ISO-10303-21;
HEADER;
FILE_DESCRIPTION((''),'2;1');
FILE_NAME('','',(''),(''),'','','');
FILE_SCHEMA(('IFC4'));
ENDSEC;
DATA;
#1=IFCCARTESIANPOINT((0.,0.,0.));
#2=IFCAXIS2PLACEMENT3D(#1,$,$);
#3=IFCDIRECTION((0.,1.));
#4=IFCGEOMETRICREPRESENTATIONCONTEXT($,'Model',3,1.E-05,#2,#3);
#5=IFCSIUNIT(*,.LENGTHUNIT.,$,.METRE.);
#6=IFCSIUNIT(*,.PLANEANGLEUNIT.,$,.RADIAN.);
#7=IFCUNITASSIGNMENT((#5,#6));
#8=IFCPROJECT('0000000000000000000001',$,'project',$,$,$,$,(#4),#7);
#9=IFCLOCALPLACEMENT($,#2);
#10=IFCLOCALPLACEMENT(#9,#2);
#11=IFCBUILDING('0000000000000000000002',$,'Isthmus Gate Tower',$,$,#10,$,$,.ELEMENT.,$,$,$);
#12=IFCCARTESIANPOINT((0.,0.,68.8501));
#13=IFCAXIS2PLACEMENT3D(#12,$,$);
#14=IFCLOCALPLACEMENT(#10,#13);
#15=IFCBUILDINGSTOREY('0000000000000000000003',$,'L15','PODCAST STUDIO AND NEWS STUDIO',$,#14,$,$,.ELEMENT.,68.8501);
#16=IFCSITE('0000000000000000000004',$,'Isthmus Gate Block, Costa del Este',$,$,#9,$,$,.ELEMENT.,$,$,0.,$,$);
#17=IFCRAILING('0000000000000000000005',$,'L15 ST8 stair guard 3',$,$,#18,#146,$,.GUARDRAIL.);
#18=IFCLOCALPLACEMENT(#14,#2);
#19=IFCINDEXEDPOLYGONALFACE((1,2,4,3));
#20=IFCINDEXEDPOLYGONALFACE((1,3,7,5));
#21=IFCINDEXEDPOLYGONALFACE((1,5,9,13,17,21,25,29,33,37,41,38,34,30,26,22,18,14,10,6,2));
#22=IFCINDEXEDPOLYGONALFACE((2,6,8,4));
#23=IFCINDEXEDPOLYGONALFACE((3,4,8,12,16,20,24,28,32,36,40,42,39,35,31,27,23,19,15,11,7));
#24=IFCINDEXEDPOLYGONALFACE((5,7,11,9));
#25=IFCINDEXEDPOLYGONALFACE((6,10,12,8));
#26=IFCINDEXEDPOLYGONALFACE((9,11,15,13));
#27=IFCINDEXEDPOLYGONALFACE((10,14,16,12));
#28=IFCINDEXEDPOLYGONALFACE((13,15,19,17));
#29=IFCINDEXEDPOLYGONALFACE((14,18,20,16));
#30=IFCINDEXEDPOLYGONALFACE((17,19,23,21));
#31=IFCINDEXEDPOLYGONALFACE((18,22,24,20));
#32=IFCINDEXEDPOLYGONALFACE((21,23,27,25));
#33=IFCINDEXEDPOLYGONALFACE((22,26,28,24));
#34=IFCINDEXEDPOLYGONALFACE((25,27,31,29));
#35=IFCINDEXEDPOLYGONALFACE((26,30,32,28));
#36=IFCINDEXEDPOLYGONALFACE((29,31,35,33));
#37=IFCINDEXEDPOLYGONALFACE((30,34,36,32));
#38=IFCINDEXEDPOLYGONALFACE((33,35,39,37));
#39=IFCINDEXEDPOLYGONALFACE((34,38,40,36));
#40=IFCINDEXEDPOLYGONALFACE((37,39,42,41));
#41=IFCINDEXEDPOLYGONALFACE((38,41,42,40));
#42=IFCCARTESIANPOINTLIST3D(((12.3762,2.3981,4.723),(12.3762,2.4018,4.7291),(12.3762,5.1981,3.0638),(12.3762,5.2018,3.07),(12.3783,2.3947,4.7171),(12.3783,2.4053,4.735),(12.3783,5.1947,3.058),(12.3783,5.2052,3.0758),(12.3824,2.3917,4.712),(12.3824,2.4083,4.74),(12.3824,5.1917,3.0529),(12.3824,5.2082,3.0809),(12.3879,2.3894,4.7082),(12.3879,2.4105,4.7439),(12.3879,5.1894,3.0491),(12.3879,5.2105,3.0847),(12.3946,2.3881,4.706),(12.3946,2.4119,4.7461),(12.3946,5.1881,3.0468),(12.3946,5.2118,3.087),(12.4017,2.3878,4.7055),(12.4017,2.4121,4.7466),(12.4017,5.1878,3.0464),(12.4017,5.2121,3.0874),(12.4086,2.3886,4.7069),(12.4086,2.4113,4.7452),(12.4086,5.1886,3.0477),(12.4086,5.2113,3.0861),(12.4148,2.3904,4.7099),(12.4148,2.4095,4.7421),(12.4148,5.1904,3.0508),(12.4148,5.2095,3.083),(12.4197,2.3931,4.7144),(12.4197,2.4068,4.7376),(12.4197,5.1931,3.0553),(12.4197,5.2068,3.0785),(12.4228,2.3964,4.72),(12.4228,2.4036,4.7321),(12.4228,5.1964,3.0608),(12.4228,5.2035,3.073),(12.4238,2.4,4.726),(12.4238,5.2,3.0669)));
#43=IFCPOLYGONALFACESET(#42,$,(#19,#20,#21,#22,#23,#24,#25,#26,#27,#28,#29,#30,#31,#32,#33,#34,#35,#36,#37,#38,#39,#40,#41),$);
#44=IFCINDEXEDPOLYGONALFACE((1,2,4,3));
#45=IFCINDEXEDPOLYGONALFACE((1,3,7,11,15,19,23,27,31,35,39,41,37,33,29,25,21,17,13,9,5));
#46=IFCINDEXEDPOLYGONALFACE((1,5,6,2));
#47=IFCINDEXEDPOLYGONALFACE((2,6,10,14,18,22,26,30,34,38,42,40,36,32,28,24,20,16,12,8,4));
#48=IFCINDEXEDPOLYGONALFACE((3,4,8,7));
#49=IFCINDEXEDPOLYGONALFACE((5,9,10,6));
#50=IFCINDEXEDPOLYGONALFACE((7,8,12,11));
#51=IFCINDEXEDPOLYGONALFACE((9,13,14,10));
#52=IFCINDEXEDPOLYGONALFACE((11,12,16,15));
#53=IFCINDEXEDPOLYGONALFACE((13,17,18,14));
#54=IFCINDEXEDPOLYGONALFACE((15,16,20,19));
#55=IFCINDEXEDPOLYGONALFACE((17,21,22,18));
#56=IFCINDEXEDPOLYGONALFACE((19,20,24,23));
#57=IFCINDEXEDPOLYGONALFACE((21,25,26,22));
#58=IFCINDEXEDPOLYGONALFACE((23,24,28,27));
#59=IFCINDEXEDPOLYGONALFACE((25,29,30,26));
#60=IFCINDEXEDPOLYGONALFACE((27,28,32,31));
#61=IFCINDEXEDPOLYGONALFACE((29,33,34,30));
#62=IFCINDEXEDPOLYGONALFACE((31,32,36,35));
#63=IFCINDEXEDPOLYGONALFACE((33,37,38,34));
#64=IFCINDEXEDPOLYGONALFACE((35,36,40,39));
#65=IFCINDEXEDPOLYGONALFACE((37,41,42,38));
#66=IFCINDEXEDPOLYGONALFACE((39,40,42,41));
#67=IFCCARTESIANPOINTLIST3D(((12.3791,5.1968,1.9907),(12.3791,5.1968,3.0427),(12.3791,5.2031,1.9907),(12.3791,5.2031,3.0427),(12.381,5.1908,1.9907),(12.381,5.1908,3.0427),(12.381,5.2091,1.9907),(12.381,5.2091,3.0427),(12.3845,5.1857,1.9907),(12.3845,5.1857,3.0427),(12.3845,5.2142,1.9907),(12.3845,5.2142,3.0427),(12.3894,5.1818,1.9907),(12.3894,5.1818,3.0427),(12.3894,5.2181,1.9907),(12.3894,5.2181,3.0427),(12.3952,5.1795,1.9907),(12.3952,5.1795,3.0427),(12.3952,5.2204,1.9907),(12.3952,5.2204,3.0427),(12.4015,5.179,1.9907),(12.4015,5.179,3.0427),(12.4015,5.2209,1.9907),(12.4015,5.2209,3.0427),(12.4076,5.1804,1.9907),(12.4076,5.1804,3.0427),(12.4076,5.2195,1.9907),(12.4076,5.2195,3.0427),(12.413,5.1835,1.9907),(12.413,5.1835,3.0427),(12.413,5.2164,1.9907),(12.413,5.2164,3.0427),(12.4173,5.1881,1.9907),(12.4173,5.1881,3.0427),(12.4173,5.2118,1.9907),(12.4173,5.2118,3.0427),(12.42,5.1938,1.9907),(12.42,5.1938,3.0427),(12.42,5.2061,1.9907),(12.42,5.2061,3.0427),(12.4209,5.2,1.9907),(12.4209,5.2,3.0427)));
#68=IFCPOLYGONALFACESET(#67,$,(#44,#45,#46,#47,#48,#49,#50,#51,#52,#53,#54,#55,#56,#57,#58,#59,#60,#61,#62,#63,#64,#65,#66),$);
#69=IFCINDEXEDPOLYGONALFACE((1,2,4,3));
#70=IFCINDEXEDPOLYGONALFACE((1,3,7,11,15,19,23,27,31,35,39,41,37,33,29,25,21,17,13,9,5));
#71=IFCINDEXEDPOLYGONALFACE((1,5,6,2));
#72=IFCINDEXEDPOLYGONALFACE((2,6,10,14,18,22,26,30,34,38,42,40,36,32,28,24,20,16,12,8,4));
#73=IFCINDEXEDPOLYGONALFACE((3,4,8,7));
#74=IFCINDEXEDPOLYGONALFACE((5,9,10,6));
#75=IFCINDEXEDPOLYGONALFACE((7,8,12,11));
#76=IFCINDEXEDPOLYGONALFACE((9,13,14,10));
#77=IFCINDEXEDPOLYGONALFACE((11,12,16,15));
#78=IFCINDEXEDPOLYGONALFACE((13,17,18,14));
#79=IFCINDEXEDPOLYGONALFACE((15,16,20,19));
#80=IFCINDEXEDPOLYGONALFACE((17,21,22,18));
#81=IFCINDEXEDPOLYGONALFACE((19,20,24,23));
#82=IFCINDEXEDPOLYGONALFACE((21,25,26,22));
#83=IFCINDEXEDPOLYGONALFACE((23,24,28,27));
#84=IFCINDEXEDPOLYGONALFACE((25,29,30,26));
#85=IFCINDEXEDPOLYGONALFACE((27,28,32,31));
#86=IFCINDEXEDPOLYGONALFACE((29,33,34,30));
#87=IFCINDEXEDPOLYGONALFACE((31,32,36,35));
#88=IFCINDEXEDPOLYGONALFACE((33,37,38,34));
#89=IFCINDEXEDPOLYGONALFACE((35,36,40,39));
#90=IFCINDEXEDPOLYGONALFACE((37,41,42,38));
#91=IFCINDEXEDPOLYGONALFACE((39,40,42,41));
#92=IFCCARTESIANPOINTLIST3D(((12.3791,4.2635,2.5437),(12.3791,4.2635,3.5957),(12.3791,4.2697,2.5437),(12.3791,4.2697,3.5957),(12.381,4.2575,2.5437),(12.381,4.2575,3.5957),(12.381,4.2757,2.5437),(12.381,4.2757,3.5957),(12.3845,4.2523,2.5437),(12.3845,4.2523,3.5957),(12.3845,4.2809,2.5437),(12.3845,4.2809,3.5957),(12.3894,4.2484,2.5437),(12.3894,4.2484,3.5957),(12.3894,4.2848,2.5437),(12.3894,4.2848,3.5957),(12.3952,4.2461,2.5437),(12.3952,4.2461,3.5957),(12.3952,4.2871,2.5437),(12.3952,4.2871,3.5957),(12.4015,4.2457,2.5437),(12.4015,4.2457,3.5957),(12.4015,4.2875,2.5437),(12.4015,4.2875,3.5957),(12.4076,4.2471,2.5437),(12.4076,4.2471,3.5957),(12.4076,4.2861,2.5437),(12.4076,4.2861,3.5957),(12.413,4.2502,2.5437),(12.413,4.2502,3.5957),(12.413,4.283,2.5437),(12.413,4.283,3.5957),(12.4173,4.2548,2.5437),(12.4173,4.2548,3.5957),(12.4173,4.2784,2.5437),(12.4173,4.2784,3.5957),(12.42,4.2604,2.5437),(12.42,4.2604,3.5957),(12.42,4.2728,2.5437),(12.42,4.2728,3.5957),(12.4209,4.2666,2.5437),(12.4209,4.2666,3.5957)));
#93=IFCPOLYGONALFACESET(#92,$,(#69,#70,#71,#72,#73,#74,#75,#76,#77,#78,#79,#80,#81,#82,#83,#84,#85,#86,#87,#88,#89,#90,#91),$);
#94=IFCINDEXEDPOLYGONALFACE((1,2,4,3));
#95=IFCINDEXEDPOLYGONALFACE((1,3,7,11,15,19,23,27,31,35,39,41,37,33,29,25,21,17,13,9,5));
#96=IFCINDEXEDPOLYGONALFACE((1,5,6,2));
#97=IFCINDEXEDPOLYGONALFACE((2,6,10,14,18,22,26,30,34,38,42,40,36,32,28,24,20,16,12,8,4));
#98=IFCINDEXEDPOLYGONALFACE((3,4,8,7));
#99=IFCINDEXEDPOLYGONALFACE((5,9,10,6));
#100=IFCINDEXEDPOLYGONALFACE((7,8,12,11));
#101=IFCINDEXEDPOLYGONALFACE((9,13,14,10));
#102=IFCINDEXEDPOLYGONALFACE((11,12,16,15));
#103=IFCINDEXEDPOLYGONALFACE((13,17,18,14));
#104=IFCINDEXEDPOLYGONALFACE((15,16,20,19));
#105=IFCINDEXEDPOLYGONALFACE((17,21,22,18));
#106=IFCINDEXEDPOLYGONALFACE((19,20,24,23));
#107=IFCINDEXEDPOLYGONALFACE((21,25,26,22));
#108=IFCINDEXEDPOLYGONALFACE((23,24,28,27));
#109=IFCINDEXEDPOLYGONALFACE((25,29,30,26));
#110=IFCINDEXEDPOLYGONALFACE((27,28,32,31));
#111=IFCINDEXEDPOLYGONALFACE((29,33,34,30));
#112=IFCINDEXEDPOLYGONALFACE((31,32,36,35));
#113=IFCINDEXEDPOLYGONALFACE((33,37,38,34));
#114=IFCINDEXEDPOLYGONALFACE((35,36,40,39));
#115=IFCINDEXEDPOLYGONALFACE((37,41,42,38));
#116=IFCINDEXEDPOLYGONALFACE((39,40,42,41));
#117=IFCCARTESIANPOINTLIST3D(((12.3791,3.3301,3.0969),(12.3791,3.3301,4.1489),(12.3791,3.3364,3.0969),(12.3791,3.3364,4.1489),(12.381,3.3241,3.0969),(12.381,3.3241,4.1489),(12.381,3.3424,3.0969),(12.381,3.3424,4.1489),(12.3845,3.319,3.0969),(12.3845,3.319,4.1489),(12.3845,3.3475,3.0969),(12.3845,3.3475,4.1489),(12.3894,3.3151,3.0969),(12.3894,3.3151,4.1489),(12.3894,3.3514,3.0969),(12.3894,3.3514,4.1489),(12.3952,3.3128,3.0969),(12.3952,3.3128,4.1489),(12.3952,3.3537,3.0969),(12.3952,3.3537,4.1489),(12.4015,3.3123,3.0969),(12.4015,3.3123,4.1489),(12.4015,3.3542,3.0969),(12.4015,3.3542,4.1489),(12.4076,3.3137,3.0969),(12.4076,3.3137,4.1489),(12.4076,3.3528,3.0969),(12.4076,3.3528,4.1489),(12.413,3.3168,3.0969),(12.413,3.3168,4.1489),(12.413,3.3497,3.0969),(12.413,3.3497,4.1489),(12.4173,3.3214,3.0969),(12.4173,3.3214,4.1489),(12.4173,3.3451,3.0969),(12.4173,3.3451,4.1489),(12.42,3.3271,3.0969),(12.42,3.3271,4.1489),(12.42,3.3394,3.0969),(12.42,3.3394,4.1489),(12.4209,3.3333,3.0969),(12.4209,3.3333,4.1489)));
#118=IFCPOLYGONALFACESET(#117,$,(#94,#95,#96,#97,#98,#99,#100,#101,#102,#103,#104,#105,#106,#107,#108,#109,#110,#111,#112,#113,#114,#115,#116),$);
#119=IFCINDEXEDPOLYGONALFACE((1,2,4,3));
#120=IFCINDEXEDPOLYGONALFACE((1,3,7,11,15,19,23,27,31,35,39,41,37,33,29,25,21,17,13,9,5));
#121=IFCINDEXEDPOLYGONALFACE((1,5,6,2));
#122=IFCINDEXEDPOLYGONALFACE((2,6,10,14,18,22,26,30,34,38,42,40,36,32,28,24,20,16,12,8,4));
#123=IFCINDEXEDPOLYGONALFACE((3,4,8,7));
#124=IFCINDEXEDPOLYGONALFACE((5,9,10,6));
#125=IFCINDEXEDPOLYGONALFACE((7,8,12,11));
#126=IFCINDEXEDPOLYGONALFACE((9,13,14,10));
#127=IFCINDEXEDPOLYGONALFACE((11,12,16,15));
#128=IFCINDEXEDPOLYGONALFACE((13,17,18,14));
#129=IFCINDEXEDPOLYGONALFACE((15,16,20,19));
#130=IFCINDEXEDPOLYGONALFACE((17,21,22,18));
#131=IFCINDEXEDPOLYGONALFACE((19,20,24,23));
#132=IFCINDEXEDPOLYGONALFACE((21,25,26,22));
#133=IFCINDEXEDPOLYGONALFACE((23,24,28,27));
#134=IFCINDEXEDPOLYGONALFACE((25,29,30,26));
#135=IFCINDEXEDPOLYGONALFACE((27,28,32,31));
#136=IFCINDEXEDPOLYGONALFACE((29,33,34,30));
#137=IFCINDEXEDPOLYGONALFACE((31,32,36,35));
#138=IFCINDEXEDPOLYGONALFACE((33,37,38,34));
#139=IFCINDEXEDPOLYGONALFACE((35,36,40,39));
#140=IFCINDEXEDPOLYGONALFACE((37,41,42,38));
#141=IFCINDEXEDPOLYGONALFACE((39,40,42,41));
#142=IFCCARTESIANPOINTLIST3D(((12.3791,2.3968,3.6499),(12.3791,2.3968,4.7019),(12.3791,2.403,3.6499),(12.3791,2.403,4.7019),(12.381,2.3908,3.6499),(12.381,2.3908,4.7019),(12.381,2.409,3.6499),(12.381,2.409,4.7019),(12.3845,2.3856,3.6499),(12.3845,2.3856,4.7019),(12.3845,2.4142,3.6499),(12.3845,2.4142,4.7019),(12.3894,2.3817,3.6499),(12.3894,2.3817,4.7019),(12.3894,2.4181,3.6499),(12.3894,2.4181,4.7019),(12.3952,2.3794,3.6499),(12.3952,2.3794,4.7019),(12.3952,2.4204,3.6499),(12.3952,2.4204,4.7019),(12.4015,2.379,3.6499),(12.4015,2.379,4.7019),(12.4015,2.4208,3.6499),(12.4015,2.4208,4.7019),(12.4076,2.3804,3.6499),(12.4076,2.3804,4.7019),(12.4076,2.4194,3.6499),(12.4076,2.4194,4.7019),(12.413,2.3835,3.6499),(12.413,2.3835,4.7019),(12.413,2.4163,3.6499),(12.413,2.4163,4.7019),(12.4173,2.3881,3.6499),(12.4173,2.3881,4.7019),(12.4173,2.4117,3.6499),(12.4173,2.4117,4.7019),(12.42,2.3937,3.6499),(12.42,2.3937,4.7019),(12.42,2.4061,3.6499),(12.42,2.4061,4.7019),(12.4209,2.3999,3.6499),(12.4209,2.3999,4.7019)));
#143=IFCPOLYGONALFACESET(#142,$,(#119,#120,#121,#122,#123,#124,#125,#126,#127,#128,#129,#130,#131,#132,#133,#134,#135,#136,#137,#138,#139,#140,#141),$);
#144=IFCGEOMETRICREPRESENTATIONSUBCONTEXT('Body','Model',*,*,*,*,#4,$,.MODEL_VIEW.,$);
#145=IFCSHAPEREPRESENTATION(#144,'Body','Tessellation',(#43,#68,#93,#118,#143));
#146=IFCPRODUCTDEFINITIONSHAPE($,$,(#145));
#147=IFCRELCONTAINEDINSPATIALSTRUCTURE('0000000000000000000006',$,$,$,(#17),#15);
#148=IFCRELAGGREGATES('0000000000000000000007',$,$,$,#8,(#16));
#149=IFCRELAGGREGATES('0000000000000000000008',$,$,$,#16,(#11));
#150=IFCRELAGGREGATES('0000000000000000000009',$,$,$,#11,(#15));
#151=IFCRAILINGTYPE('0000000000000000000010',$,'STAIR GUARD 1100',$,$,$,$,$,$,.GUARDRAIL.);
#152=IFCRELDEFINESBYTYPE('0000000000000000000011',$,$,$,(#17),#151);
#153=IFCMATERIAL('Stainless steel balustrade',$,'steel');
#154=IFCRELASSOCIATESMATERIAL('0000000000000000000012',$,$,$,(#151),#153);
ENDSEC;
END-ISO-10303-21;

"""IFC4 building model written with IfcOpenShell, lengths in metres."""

from ifc_helpers import new_model, si_unit, direction, frame, origin, origin_2d, place, context, subcontext, project, spatial, circle, extrude, material, type_object, element, save


model = new_model("IFC4")

# Units and contexts
model_context = context("Model", 3, precision=1e-05, world=origin(), true_north=direction((0.0, 1.0)))
body_context = subcontext(model_context, "Body", "Model", "MODEL_VIEW")
ifc_project = project(units=[si_unit("LENGTHUNIT", "METRE"), si_unit("PLANEANGLEUNIT", "RADIAN")], contexts=[model_context])

# Site, building, storey
site_placement = place(None, origin())
site = spatial("IfcSite", under=ifc_project, at=site_placement, Name="Isthmus Gate Block, Costa del Este", CompositionType="ELEMENT", RefElevation=0.0)
building_placement = place(site_placement, origin())
building = spatial("IfcBuilding", under=site, at=building_placement, Name="Isthmus Gate Tower", CompositionType="ELEMENT")
storey_placement = place(building_placement, frame((0.0, 0.0, 68.8501)))
storey = spatial("IfcBuildingStorey", under=building, at=storey_placement, Name="L15", Description="PODCAST STUDIO AND NEWS STUDIO", CompositionType="ELEMENT", Elevation=68.8501)

# Railing
ifc_material_1 = material(Name="Stainless steel balustrade", Category="steel")
railing_type_1 = type_object("IfcRailingType", Name="STAIR GUARD 1100", PredefinedType="GUARDRAIL", material=ifc_material_1)
railing_1_placement = place(storey_placement, frame((12.3999, 5.2, 1.9907)))
element("IfcRailing", 1, at=railing_1_placement, inside=storey, type_object=railing_type_1, Name="L15 ST8 stair guard 3", PredefinedType="GUARDRAIL", context=body_context, shape_type="SweptSolid", body=[
    extrude(circle(Radius=0.0239, at=origin_2d()), frame((0.0, 0.0, 1.0762), z_axis=(0.0, -0.860306, 0.509778), x_axis=(1.0, 0.0, 0.0)), (0.0, 0.0, 1.0), 3.2546),
    extrude(circle(Radius=0.021, at=origin_2d()), origin(), (0.0, 0.0, 1.0), 1.052),
    extrude(circle(Radius=0.021, at=origin_2d()), frame((0.0, -0.9333, 0.553)), (0.0, 0.0, 1.0), 1.052),
    extrude(circle(Radius=0.021, at=origin_2d()), frame((0.0, -1.8667, 1.1062)), (0.0, 0.0, 1.0), 1.052),
    extrude(circle(Radius=0.021, at=origin_2d()), frame((0.0, -2.8, 1.6592)), (0.0, 0.0, 1.0), 1.052),
])

save(model, "model.ifc")
